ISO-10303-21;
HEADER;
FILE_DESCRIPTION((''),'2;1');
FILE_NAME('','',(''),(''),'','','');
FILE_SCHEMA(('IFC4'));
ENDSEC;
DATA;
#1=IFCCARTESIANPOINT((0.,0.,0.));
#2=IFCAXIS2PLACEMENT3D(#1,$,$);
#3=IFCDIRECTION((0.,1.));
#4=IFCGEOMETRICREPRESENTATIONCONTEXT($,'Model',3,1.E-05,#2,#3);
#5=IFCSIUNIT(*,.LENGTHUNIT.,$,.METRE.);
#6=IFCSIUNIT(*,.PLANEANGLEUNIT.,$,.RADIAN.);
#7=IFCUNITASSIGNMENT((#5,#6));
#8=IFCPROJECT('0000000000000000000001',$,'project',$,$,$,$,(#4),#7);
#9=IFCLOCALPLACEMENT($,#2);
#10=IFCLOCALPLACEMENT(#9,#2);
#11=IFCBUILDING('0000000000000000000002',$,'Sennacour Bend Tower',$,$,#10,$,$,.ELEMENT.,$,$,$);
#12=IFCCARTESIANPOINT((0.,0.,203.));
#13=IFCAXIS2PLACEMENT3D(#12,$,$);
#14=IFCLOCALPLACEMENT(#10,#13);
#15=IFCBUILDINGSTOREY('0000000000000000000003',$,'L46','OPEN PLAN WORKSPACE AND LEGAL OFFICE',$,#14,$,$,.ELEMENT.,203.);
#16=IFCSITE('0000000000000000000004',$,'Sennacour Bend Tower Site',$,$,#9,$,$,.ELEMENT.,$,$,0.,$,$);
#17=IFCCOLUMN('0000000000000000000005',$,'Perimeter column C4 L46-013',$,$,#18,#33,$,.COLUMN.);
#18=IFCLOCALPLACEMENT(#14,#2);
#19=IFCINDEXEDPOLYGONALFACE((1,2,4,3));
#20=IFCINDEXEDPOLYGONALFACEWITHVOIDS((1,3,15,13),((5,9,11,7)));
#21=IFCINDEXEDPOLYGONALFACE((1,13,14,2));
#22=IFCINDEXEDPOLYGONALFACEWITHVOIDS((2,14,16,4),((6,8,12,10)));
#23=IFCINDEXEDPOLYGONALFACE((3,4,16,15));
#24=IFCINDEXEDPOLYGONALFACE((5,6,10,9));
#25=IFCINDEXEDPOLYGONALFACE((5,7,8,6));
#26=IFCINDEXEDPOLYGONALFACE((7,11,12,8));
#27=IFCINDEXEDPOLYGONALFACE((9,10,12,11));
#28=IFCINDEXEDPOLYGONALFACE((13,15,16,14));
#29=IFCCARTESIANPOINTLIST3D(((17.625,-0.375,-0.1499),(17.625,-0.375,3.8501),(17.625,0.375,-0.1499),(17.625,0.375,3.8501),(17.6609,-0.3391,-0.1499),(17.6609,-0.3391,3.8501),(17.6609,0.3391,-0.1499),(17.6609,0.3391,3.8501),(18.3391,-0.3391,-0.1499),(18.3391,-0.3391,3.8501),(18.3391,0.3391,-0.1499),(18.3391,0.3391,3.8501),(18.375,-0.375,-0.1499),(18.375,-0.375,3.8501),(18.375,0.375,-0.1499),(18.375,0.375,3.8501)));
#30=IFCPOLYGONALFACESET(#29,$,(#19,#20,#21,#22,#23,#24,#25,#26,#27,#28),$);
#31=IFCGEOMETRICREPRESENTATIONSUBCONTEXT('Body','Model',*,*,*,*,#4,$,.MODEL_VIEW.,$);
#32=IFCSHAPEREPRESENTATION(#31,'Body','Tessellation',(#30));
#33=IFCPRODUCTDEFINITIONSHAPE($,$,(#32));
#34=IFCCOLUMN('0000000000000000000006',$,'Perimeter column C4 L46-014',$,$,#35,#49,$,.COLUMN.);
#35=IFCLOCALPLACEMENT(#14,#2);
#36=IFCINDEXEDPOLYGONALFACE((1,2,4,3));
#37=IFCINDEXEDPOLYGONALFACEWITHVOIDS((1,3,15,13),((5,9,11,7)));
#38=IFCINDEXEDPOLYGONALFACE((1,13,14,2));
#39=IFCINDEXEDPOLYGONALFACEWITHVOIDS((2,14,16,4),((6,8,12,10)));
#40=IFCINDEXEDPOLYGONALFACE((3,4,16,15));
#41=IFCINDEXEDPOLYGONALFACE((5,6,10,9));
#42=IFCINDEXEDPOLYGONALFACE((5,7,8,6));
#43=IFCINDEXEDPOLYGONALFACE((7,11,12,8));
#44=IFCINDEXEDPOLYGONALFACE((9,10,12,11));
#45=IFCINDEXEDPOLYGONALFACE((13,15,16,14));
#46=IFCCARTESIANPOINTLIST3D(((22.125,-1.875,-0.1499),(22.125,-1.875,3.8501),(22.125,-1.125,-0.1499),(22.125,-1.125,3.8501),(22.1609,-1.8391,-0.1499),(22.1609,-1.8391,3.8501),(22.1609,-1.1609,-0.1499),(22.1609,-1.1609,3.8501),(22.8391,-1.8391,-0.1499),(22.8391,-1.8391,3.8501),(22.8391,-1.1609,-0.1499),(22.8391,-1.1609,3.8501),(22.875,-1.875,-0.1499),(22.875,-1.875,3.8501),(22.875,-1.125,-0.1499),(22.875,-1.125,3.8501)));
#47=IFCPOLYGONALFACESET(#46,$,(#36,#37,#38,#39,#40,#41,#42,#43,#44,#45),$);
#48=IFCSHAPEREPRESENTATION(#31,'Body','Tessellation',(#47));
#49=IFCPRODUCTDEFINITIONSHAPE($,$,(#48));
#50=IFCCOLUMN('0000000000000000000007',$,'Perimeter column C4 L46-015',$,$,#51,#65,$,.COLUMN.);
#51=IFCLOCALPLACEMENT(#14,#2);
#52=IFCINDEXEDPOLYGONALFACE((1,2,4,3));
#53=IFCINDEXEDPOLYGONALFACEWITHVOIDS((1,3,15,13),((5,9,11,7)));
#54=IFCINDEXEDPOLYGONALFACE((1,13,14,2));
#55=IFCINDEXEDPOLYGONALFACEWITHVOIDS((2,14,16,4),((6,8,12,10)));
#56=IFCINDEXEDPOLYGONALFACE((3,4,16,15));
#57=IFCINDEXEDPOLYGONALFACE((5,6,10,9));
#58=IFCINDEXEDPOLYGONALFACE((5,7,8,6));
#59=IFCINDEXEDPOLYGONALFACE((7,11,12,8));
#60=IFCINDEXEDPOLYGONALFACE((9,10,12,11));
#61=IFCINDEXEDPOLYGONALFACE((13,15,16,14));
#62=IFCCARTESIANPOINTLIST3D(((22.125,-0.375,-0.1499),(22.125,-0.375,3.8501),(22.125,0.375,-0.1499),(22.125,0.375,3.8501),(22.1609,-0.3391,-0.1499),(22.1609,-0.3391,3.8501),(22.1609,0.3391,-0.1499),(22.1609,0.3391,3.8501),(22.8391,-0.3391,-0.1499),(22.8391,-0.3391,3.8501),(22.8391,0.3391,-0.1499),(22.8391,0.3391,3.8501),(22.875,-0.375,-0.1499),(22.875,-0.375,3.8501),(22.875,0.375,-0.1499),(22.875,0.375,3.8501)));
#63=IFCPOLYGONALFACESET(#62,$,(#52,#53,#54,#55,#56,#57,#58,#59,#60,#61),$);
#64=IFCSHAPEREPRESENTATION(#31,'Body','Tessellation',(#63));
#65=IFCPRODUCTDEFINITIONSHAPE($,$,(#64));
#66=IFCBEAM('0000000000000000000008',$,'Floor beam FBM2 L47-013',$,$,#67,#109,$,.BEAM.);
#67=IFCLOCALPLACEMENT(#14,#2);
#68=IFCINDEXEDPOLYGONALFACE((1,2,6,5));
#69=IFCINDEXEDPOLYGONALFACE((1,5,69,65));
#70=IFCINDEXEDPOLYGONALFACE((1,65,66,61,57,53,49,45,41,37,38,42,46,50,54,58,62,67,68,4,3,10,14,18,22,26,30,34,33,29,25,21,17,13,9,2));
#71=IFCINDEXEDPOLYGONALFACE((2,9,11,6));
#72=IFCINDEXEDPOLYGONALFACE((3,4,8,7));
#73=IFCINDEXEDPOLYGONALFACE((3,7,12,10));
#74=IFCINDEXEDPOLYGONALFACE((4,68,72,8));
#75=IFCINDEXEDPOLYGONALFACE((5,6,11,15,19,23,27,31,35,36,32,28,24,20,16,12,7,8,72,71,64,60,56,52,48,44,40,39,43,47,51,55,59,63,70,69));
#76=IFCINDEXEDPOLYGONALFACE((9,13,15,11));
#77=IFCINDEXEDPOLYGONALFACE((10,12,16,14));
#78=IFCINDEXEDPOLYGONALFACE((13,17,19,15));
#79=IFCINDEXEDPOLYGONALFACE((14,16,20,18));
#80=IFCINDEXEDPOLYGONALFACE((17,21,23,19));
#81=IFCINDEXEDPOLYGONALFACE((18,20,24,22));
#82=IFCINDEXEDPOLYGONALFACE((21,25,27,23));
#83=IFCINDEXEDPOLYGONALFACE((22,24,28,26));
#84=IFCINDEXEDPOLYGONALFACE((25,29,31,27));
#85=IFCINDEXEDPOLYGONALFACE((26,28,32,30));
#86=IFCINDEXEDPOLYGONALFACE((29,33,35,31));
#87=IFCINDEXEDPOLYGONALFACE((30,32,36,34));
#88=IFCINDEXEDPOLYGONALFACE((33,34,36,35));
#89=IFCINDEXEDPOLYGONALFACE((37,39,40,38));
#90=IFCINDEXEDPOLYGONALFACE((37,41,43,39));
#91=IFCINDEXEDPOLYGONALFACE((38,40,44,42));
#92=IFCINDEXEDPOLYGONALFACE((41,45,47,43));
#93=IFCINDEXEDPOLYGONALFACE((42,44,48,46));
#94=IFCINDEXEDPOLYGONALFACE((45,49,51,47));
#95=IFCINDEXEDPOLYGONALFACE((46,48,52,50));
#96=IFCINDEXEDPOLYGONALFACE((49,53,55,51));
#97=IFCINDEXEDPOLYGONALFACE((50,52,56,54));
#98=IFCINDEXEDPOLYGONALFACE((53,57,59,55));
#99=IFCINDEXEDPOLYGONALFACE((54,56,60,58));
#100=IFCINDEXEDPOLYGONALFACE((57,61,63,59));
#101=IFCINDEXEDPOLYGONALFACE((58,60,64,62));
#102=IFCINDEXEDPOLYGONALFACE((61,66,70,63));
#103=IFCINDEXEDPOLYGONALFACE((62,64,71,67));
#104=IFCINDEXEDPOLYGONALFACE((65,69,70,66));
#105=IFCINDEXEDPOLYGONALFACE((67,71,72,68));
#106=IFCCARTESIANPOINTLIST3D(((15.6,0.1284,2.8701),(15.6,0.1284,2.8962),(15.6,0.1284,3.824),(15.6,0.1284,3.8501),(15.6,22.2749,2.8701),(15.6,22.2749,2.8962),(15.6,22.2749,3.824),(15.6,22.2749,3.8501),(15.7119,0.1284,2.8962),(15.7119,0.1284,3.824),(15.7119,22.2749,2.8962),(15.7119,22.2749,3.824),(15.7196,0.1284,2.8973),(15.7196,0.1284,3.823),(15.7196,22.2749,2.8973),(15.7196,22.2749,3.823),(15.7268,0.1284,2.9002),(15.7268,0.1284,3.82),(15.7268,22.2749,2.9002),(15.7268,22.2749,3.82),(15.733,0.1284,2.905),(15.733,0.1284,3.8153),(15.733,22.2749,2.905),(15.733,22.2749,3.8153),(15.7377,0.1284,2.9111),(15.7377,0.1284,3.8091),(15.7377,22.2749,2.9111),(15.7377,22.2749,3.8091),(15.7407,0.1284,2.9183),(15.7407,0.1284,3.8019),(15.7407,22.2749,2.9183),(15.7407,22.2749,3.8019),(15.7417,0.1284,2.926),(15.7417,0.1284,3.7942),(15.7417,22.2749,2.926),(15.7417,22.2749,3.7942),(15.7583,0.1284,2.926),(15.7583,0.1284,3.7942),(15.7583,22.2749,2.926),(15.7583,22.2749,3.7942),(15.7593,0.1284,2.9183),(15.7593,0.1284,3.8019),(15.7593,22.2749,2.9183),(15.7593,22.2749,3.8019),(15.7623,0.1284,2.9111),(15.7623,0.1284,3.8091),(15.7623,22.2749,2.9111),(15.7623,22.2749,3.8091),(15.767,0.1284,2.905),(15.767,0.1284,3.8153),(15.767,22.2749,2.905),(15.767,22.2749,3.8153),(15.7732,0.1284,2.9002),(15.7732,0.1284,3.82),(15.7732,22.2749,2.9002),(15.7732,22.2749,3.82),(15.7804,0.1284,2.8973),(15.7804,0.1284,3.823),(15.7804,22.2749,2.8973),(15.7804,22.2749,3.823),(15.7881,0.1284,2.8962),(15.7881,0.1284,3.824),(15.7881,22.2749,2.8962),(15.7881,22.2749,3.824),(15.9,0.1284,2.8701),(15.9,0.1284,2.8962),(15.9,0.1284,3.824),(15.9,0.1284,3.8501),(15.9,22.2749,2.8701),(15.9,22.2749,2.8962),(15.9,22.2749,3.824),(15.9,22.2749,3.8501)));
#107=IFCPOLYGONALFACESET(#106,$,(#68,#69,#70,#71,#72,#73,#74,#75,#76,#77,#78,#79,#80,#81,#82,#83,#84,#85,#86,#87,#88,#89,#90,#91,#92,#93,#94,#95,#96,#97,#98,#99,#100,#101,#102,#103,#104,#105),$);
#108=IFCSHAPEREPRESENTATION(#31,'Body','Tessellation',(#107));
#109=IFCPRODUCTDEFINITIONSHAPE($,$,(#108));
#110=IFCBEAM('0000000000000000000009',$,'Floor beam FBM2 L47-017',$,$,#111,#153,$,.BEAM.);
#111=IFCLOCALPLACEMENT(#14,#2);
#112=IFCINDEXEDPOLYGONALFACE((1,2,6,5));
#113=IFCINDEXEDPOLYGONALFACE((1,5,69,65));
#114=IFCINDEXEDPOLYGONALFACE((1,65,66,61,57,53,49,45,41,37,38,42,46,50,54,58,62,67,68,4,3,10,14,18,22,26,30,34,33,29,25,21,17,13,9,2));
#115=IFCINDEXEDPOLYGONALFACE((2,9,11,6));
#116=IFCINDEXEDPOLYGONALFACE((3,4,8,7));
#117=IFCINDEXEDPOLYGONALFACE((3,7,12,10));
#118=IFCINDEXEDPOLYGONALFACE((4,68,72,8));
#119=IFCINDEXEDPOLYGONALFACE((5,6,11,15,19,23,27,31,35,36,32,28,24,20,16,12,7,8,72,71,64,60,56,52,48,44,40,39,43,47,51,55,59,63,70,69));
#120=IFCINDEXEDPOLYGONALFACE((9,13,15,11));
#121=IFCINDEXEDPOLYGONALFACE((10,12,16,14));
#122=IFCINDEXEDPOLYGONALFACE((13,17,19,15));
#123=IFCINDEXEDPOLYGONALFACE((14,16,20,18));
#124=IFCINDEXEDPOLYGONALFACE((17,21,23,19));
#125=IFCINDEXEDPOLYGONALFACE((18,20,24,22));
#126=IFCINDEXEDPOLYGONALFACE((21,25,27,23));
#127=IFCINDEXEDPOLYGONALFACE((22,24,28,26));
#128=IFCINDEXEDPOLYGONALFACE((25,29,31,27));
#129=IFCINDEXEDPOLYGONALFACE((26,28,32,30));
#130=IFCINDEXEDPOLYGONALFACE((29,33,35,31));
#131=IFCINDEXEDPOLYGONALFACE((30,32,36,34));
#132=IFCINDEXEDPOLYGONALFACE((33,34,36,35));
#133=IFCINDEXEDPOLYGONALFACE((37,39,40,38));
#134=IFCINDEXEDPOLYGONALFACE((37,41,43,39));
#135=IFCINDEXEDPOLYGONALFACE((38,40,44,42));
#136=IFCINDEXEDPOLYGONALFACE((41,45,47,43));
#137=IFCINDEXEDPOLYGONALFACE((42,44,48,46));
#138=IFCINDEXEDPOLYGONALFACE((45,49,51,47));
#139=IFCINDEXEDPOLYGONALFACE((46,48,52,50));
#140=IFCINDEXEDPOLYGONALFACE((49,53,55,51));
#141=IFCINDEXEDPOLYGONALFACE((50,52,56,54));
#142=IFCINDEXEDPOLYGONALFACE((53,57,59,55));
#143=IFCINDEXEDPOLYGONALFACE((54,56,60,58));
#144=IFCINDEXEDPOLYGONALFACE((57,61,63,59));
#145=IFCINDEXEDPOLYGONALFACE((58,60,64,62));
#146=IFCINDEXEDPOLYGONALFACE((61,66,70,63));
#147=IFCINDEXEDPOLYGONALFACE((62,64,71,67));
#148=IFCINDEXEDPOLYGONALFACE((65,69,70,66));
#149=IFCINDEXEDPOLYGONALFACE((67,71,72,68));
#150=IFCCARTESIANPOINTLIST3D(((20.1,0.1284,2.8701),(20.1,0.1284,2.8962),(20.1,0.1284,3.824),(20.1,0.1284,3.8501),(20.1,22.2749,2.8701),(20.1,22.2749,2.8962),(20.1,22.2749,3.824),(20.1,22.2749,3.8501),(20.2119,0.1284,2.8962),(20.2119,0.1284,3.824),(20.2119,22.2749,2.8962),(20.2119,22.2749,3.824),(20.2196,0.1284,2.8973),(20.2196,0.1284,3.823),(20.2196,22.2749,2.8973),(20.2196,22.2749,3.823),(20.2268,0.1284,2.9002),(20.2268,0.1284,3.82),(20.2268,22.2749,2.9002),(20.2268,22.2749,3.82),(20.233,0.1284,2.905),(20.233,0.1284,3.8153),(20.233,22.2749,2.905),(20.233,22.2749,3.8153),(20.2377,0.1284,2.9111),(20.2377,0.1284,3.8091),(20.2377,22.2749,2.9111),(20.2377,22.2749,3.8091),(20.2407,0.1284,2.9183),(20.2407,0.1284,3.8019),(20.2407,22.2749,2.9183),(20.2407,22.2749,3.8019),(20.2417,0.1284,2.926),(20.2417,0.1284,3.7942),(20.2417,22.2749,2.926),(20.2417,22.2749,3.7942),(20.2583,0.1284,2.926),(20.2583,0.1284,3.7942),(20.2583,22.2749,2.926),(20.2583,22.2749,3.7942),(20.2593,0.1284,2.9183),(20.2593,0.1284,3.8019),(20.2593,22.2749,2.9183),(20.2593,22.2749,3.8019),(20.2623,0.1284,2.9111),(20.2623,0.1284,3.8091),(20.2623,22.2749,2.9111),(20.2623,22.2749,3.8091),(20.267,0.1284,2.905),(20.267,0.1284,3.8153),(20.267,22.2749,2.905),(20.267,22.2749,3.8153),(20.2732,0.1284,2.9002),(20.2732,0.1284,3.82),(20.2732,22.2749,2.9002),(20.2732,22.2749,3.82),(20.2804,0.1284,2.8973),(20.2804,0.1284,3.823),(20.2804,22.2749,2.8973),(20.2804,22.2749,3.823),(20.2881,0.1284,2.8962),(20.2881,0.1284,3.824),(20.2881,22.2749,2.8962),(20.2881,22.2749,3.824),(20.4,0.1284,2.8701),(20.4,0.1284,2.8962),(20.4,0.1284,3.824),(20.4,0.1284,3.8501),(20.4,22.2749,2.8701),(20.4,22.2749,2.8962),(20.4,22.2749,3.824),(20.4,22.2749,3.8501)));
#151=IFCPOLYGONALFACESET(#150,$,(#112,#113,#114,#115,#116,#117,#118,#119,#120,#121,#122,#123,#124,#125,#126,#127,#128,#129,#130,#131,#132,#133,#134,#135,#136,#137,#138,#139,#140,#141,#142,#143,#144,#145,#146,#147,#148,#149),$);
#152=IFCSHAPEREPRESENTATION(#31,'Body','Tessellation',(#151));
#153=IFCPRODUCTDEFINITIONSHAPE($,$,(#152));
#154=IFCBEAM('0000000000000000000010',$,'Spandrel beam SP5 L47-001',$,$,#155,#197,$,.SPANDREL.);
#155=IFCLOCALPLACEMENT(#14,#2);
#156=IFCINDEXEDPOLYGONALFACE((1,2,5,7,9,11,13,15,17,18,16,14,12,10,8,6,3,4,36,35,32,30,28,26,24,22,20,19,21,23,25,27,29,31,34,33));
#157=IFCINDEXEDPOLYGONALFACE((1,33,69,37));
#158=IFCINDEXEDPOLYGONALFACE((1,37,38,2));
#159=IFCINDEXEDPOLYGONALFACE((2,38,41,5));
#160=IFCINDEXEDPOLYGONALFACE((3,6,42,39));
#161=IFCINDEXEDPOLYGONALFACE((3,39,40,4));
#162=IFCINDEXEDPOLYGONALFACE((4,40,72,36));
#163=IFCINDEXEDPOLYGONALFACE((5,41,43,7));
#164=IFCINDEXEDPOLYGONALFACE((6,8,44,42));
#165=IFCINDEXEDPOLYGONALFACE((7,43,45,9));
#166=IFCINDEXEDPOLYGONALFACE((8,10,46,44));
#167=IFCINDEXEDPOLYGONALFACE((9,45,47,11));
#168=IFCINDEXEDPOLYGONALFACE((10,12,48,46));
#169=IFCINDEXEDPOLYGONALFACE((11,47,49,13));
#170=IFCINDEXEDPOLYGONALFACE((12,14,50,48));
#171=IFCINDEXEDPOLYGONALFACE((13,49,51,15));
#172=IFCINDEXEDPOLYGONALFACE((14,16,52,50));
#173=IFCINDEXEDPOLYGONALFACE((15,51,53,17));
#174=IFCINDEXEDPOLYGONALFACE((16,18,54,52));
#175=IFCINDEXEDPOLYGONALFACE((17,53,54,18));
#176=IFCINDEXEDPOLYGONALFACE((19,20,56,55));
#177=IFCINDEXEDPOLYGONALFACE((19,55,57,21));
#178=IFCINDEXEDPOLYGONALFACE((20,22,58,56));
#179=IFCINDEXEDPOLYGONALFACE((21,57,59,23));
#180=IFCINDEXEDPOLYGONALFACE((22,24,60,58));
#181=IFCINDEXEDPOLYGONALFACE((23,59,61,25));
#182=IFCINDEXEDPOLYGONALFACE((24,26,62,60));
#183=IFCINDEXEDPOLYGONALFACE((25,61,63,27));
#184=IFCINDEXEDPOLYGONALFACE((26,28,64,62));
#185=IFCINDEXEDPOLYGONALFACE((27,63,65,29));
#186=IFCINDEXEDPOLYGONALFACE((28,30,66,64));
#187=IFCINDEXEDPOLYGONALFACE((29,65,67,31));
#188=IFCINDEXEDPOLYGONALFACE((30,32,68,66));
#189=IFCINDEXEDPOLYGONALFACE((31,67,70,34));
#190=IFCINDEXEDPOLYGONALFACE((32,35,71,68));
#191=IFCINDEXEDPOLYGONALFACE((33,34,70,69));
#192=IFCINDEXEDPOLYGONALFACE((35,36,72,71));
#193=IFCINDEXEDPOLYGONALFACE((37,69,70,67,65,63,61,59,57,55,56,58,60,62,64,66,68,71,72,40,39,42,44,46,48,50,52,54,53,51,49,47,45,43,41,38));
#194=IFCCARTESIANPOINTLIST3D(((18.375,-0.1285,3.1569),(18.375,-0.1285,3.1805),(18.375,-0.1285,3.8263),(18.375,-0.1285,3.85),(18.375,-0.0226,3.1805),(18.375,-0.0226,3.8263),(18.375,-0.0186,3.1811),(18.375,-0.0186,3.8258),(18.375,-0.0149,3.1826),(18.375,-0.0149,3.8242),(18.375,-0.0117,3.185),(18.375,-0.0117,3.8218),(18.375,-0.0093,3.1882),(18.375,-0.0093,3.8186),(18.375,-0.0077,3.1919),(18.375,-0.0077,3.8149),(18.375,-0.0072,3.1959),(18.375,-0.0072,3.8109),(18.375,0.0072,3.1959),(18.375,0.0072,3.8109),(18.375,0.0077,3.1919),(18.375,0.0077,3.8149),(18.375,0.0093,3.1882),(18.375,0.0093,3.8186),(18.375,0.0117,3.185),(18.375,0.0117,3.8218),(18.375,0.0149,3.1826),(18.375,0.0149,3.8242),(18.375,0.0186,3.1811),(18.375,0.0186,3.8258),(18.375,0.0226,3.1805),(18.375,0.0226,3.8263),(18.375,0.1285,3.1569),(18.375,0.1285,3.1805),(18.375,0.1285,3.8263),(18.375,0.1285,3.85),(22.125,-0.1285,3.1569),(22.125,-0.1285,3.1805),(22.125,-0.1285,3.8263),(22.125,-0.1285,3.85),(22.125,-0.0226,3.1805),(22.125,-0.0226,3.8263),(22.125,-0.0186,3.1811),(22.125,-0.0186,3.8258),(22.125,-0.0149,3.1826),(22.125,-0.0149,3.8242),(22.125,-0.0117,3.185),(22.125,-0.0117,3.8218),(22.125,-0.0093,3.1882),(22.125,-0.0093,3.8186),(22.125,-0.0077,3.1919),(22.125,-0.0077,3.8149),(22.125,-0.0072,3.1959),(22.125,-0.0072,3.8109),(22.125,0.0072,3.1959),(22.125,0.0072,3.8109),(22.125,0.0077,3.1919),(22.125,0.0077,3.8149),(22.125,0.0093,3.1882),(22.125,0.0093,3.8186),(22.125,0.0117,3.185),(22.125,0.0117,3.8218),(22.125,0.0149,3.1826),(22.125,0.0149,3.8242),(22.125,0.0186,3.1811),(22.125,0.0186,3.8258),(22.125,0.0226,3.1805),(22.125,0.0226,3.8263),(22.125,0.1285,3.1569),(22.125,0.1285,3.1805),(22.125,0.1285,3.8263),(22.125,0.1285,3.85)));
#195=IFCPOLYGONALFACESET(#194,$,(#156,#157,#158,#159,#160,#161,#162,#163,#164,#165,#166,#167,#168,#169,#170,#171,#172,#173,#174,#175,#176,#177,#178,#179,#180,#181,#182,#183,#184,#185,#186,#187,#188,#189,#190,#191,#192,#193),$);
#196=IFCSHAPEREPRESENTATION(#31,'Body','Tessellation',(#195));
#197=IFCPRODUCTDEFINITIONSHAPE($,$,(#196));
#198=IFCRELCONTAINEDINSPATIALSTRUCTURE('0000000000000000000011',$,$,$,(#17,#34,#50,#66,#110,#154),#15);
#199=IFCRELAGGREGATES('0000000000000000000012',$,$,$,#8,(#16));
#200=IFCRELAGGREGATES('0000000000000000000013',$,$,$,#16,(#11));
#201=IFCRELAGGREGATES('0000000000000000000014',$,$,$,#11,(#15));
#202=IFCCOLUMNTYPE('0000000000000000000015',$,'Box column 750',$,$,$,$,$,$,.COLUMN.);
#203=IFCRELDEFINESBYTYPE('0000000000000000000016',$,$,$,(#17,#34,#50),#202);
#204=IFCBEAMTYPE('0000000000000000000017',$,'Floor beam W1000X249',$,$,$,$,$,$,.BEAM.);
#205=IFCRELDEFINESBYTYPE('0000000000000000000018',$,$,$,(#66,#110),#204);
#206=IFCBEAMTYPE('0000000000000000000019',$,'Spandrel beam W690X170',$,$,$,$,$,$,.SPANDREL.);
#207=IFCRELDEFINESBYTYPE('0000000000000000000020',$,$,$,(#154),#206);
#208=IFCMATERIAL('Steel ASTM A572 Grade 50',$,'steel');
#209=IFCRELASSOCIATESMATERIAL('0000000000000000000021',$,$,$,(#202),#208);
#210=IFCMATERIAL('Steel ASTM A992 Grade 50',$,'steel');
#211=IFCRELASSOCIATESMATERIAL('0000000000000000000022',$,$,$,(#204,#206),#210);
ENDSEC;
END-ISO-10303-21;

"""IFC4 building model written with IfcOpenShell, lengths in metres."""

from ifc_helpers import new_model, si_unit, direction, frame, origin, origin_2d, place, context, subcontext, project, spatial, hollow_rectangle, i_section, extrude, material, material_profile, profile_set, type_object, element, save


model = new_model("IFC4")

# Units and contexts
model_context = context("Model", 3, precision=1e-05, world=origin(), true_north=direction((0.0, 1.0)))
body_context = subcontext(model_context, "Body", "Model", "MODEL_VIEW")
ifc_project = project(units=[si_unit("LENGTHUNIT", "METRE"), si_unit("PLANEANGLEUNIT", "RADIAN")], contexts=[model_context])

# Site, building, storey
site_placement = place(None, origin())
site = spatial("IfcSite", under=ifc_project, at=site_placement, Name="Sennacour Bend Tower Site", CompositionType="ELEMENT", RefElevation=0.0)
building_placement = place(site_placement, origin())
building = spatial("IfcBuilding", under=site, at=building_placement, Name="Sennacour Bend Tower", CompositionType="ELEMENT")
storey_placement = place(building_placement, frame((0.0, 0.0, 203.0)))
storey = spatial("IfcBuildingStorey", under=building, at=storey_placement, Name="L46", Description="OPEN PLAN WORKSPACE AND LEGAL OFFICE", CompositionType="ELEMENT", Elevation=203.0)

# Columns
ifc_material_1 = material(Name="Steel ASTM A572 Grade 50", Category="steel")
ifc_material_profile_1 = material_profile(ifc_material_1, hollow_rectangle(XDim=0.75, YDim=0.75, WallThickness=0.0359, at=origin_2d()), Name="Steel ASTM A572 Grade 50", Category="steel")
ifc_profile_set_1 = profile_set([ifc_material_profile_1], Name="Steel ASTM A572 Grade 50")
column_type = type_object("IfcColumnType", Name="Box column 750", PredefinedType="COLUMN", material=ifc_profile_set_1)
for number, where, z_axis, x_axis, name in (
    (1, (18.0, 0.0, -0.1499), (0.0, 0.0, 1.0), (1.0, 0.0, 0.0), "Perimeter column C4 L46-013"),
    (2, (22.5, -1.5, -0.1499), (0.0, 0.0, 1.0), (1.0, 0.0, 0.0), "Perimeter column C4 L46-014"),
    (3, (22.5, 0.0, -0.1499), (0.0, 0.0, 1.0), (1.0, 0.0, 0.0), "Perimeter column C4 L46-015"),
):
    element("IfcColumn", number, at=place(storey_placement, frame(where, z_axis=z_axis, x_axis=x_axis)), inside=storey, type_object=column_type, Name=name, PredefinedType="COLUMN", context=body_context, shape_type="SweptSolid", body=[
        extrude(hollow_rectangle(XDim=0.75, YDim=0.75, WallThickness=0.0359, at=origin_2d()), origin(), (0.0, 0.0, 1.0), 4.0),
    ])

# Beams
ifc_material_2 = material(Name="Steel ASTM A992 Grade 50", Category="steel")
ifc_material_profile_2 = material_profile(ifc_material_2, i_section(OverallWidth=0.3, OverallDepth=0.98, WebThickness=0.0166, FlangeThickness=0.0261, FilletRadius=0.0298, at=origin_2d()), Name="Steel ASTM A992 Grade 50", Category="steel")
ifc_profile_set_2 = profile_set([ifc_material_profile_2], Name="Steel ASTM A992 Grade 50")
beam_type_1 = type_object("IfcBeamType", Name="Floor beam W1000X249", PredefinedType="BEAM", material=ifc_profile_set_2)
for number, where, z_axis, x_axis, name in (
    (4, (15.75, 0.1284, 3.3601), (0.0, 1.0, 0.0), (-1.0, 0.0, 0.0), "Floor beam FBM2 L47-013"),
    (5, (20.25, 0.1284, 3.3601), (0.0, 1.0, 0.0), (-1.0, 0.0, 0.0), "Floor beam FBM2 L47-017"),
):
    element("IfcBeam", number, at=place(storey_placement, frame(where, z_axis=z_axis, x_axis=x_axis)), inside=storey, type_object=beam_type_1, Name=name, PredefinedType="BEAM", context=body_context, shape_type="SweptSolid", body=[
        extrude(i_section(OverallWidth=0.3, OverallDepth=0.98, WebThickness=0.0166, FlangeThickness=0.0261, FilletRadius=0.0298, at=origin_2d()), origin(), (0.0, 0.0, 1.0), 22.1465),
    ])
ifc_material_profile_3 = material_profile(ifc_material_2, i_section(OverallWidth=0.2571, OverallDepth=0.6931, WebThickness=0.0144, FlangeThickness=0.0237, FilletRadius=0.0154, at=origin_2d()), Name="Steel ASTM A992 Grade 50", Category="steel")
ifc_profile_set_3 = profile_set([ifc_material_profile_3], Name="Steel ASTM A992 Grade 50")
beam_type_2 = type_object("IfcBeamType", Name="Spandrel beam W690X170", PredefinedType="SPANDREL", material=ifc_profile_set_3)
for number, where, z_axis, x_axis, name in (
    (6, (22.125, 0.0, 3.5034), (-1.0, 0.0, 0.0), (0.0, -1.0, 0.0), "Spandrel beam SP5 L47-001"),
):
    element("IfcBeam", number, at=place(storey_placement, frame(where, z_axis=z_axis, x_axis=x_axis)), inside=storey, type_object=beam_type_2, Name=name, PredefinedType="SPANDREL", context=body_context, shape_type="SweptSolid", body=[
        extrude(i_section(OverallWidth=0.2571, OverallDepth=0.6931, WebThickness=0.0144, FlangeThickness=0.0237, FilletRadius=0.0154, at=origin_2d()), origin(), (0.0, 0.0, 1.0), 3.75),
    ])

save(model, "model.ifc")
